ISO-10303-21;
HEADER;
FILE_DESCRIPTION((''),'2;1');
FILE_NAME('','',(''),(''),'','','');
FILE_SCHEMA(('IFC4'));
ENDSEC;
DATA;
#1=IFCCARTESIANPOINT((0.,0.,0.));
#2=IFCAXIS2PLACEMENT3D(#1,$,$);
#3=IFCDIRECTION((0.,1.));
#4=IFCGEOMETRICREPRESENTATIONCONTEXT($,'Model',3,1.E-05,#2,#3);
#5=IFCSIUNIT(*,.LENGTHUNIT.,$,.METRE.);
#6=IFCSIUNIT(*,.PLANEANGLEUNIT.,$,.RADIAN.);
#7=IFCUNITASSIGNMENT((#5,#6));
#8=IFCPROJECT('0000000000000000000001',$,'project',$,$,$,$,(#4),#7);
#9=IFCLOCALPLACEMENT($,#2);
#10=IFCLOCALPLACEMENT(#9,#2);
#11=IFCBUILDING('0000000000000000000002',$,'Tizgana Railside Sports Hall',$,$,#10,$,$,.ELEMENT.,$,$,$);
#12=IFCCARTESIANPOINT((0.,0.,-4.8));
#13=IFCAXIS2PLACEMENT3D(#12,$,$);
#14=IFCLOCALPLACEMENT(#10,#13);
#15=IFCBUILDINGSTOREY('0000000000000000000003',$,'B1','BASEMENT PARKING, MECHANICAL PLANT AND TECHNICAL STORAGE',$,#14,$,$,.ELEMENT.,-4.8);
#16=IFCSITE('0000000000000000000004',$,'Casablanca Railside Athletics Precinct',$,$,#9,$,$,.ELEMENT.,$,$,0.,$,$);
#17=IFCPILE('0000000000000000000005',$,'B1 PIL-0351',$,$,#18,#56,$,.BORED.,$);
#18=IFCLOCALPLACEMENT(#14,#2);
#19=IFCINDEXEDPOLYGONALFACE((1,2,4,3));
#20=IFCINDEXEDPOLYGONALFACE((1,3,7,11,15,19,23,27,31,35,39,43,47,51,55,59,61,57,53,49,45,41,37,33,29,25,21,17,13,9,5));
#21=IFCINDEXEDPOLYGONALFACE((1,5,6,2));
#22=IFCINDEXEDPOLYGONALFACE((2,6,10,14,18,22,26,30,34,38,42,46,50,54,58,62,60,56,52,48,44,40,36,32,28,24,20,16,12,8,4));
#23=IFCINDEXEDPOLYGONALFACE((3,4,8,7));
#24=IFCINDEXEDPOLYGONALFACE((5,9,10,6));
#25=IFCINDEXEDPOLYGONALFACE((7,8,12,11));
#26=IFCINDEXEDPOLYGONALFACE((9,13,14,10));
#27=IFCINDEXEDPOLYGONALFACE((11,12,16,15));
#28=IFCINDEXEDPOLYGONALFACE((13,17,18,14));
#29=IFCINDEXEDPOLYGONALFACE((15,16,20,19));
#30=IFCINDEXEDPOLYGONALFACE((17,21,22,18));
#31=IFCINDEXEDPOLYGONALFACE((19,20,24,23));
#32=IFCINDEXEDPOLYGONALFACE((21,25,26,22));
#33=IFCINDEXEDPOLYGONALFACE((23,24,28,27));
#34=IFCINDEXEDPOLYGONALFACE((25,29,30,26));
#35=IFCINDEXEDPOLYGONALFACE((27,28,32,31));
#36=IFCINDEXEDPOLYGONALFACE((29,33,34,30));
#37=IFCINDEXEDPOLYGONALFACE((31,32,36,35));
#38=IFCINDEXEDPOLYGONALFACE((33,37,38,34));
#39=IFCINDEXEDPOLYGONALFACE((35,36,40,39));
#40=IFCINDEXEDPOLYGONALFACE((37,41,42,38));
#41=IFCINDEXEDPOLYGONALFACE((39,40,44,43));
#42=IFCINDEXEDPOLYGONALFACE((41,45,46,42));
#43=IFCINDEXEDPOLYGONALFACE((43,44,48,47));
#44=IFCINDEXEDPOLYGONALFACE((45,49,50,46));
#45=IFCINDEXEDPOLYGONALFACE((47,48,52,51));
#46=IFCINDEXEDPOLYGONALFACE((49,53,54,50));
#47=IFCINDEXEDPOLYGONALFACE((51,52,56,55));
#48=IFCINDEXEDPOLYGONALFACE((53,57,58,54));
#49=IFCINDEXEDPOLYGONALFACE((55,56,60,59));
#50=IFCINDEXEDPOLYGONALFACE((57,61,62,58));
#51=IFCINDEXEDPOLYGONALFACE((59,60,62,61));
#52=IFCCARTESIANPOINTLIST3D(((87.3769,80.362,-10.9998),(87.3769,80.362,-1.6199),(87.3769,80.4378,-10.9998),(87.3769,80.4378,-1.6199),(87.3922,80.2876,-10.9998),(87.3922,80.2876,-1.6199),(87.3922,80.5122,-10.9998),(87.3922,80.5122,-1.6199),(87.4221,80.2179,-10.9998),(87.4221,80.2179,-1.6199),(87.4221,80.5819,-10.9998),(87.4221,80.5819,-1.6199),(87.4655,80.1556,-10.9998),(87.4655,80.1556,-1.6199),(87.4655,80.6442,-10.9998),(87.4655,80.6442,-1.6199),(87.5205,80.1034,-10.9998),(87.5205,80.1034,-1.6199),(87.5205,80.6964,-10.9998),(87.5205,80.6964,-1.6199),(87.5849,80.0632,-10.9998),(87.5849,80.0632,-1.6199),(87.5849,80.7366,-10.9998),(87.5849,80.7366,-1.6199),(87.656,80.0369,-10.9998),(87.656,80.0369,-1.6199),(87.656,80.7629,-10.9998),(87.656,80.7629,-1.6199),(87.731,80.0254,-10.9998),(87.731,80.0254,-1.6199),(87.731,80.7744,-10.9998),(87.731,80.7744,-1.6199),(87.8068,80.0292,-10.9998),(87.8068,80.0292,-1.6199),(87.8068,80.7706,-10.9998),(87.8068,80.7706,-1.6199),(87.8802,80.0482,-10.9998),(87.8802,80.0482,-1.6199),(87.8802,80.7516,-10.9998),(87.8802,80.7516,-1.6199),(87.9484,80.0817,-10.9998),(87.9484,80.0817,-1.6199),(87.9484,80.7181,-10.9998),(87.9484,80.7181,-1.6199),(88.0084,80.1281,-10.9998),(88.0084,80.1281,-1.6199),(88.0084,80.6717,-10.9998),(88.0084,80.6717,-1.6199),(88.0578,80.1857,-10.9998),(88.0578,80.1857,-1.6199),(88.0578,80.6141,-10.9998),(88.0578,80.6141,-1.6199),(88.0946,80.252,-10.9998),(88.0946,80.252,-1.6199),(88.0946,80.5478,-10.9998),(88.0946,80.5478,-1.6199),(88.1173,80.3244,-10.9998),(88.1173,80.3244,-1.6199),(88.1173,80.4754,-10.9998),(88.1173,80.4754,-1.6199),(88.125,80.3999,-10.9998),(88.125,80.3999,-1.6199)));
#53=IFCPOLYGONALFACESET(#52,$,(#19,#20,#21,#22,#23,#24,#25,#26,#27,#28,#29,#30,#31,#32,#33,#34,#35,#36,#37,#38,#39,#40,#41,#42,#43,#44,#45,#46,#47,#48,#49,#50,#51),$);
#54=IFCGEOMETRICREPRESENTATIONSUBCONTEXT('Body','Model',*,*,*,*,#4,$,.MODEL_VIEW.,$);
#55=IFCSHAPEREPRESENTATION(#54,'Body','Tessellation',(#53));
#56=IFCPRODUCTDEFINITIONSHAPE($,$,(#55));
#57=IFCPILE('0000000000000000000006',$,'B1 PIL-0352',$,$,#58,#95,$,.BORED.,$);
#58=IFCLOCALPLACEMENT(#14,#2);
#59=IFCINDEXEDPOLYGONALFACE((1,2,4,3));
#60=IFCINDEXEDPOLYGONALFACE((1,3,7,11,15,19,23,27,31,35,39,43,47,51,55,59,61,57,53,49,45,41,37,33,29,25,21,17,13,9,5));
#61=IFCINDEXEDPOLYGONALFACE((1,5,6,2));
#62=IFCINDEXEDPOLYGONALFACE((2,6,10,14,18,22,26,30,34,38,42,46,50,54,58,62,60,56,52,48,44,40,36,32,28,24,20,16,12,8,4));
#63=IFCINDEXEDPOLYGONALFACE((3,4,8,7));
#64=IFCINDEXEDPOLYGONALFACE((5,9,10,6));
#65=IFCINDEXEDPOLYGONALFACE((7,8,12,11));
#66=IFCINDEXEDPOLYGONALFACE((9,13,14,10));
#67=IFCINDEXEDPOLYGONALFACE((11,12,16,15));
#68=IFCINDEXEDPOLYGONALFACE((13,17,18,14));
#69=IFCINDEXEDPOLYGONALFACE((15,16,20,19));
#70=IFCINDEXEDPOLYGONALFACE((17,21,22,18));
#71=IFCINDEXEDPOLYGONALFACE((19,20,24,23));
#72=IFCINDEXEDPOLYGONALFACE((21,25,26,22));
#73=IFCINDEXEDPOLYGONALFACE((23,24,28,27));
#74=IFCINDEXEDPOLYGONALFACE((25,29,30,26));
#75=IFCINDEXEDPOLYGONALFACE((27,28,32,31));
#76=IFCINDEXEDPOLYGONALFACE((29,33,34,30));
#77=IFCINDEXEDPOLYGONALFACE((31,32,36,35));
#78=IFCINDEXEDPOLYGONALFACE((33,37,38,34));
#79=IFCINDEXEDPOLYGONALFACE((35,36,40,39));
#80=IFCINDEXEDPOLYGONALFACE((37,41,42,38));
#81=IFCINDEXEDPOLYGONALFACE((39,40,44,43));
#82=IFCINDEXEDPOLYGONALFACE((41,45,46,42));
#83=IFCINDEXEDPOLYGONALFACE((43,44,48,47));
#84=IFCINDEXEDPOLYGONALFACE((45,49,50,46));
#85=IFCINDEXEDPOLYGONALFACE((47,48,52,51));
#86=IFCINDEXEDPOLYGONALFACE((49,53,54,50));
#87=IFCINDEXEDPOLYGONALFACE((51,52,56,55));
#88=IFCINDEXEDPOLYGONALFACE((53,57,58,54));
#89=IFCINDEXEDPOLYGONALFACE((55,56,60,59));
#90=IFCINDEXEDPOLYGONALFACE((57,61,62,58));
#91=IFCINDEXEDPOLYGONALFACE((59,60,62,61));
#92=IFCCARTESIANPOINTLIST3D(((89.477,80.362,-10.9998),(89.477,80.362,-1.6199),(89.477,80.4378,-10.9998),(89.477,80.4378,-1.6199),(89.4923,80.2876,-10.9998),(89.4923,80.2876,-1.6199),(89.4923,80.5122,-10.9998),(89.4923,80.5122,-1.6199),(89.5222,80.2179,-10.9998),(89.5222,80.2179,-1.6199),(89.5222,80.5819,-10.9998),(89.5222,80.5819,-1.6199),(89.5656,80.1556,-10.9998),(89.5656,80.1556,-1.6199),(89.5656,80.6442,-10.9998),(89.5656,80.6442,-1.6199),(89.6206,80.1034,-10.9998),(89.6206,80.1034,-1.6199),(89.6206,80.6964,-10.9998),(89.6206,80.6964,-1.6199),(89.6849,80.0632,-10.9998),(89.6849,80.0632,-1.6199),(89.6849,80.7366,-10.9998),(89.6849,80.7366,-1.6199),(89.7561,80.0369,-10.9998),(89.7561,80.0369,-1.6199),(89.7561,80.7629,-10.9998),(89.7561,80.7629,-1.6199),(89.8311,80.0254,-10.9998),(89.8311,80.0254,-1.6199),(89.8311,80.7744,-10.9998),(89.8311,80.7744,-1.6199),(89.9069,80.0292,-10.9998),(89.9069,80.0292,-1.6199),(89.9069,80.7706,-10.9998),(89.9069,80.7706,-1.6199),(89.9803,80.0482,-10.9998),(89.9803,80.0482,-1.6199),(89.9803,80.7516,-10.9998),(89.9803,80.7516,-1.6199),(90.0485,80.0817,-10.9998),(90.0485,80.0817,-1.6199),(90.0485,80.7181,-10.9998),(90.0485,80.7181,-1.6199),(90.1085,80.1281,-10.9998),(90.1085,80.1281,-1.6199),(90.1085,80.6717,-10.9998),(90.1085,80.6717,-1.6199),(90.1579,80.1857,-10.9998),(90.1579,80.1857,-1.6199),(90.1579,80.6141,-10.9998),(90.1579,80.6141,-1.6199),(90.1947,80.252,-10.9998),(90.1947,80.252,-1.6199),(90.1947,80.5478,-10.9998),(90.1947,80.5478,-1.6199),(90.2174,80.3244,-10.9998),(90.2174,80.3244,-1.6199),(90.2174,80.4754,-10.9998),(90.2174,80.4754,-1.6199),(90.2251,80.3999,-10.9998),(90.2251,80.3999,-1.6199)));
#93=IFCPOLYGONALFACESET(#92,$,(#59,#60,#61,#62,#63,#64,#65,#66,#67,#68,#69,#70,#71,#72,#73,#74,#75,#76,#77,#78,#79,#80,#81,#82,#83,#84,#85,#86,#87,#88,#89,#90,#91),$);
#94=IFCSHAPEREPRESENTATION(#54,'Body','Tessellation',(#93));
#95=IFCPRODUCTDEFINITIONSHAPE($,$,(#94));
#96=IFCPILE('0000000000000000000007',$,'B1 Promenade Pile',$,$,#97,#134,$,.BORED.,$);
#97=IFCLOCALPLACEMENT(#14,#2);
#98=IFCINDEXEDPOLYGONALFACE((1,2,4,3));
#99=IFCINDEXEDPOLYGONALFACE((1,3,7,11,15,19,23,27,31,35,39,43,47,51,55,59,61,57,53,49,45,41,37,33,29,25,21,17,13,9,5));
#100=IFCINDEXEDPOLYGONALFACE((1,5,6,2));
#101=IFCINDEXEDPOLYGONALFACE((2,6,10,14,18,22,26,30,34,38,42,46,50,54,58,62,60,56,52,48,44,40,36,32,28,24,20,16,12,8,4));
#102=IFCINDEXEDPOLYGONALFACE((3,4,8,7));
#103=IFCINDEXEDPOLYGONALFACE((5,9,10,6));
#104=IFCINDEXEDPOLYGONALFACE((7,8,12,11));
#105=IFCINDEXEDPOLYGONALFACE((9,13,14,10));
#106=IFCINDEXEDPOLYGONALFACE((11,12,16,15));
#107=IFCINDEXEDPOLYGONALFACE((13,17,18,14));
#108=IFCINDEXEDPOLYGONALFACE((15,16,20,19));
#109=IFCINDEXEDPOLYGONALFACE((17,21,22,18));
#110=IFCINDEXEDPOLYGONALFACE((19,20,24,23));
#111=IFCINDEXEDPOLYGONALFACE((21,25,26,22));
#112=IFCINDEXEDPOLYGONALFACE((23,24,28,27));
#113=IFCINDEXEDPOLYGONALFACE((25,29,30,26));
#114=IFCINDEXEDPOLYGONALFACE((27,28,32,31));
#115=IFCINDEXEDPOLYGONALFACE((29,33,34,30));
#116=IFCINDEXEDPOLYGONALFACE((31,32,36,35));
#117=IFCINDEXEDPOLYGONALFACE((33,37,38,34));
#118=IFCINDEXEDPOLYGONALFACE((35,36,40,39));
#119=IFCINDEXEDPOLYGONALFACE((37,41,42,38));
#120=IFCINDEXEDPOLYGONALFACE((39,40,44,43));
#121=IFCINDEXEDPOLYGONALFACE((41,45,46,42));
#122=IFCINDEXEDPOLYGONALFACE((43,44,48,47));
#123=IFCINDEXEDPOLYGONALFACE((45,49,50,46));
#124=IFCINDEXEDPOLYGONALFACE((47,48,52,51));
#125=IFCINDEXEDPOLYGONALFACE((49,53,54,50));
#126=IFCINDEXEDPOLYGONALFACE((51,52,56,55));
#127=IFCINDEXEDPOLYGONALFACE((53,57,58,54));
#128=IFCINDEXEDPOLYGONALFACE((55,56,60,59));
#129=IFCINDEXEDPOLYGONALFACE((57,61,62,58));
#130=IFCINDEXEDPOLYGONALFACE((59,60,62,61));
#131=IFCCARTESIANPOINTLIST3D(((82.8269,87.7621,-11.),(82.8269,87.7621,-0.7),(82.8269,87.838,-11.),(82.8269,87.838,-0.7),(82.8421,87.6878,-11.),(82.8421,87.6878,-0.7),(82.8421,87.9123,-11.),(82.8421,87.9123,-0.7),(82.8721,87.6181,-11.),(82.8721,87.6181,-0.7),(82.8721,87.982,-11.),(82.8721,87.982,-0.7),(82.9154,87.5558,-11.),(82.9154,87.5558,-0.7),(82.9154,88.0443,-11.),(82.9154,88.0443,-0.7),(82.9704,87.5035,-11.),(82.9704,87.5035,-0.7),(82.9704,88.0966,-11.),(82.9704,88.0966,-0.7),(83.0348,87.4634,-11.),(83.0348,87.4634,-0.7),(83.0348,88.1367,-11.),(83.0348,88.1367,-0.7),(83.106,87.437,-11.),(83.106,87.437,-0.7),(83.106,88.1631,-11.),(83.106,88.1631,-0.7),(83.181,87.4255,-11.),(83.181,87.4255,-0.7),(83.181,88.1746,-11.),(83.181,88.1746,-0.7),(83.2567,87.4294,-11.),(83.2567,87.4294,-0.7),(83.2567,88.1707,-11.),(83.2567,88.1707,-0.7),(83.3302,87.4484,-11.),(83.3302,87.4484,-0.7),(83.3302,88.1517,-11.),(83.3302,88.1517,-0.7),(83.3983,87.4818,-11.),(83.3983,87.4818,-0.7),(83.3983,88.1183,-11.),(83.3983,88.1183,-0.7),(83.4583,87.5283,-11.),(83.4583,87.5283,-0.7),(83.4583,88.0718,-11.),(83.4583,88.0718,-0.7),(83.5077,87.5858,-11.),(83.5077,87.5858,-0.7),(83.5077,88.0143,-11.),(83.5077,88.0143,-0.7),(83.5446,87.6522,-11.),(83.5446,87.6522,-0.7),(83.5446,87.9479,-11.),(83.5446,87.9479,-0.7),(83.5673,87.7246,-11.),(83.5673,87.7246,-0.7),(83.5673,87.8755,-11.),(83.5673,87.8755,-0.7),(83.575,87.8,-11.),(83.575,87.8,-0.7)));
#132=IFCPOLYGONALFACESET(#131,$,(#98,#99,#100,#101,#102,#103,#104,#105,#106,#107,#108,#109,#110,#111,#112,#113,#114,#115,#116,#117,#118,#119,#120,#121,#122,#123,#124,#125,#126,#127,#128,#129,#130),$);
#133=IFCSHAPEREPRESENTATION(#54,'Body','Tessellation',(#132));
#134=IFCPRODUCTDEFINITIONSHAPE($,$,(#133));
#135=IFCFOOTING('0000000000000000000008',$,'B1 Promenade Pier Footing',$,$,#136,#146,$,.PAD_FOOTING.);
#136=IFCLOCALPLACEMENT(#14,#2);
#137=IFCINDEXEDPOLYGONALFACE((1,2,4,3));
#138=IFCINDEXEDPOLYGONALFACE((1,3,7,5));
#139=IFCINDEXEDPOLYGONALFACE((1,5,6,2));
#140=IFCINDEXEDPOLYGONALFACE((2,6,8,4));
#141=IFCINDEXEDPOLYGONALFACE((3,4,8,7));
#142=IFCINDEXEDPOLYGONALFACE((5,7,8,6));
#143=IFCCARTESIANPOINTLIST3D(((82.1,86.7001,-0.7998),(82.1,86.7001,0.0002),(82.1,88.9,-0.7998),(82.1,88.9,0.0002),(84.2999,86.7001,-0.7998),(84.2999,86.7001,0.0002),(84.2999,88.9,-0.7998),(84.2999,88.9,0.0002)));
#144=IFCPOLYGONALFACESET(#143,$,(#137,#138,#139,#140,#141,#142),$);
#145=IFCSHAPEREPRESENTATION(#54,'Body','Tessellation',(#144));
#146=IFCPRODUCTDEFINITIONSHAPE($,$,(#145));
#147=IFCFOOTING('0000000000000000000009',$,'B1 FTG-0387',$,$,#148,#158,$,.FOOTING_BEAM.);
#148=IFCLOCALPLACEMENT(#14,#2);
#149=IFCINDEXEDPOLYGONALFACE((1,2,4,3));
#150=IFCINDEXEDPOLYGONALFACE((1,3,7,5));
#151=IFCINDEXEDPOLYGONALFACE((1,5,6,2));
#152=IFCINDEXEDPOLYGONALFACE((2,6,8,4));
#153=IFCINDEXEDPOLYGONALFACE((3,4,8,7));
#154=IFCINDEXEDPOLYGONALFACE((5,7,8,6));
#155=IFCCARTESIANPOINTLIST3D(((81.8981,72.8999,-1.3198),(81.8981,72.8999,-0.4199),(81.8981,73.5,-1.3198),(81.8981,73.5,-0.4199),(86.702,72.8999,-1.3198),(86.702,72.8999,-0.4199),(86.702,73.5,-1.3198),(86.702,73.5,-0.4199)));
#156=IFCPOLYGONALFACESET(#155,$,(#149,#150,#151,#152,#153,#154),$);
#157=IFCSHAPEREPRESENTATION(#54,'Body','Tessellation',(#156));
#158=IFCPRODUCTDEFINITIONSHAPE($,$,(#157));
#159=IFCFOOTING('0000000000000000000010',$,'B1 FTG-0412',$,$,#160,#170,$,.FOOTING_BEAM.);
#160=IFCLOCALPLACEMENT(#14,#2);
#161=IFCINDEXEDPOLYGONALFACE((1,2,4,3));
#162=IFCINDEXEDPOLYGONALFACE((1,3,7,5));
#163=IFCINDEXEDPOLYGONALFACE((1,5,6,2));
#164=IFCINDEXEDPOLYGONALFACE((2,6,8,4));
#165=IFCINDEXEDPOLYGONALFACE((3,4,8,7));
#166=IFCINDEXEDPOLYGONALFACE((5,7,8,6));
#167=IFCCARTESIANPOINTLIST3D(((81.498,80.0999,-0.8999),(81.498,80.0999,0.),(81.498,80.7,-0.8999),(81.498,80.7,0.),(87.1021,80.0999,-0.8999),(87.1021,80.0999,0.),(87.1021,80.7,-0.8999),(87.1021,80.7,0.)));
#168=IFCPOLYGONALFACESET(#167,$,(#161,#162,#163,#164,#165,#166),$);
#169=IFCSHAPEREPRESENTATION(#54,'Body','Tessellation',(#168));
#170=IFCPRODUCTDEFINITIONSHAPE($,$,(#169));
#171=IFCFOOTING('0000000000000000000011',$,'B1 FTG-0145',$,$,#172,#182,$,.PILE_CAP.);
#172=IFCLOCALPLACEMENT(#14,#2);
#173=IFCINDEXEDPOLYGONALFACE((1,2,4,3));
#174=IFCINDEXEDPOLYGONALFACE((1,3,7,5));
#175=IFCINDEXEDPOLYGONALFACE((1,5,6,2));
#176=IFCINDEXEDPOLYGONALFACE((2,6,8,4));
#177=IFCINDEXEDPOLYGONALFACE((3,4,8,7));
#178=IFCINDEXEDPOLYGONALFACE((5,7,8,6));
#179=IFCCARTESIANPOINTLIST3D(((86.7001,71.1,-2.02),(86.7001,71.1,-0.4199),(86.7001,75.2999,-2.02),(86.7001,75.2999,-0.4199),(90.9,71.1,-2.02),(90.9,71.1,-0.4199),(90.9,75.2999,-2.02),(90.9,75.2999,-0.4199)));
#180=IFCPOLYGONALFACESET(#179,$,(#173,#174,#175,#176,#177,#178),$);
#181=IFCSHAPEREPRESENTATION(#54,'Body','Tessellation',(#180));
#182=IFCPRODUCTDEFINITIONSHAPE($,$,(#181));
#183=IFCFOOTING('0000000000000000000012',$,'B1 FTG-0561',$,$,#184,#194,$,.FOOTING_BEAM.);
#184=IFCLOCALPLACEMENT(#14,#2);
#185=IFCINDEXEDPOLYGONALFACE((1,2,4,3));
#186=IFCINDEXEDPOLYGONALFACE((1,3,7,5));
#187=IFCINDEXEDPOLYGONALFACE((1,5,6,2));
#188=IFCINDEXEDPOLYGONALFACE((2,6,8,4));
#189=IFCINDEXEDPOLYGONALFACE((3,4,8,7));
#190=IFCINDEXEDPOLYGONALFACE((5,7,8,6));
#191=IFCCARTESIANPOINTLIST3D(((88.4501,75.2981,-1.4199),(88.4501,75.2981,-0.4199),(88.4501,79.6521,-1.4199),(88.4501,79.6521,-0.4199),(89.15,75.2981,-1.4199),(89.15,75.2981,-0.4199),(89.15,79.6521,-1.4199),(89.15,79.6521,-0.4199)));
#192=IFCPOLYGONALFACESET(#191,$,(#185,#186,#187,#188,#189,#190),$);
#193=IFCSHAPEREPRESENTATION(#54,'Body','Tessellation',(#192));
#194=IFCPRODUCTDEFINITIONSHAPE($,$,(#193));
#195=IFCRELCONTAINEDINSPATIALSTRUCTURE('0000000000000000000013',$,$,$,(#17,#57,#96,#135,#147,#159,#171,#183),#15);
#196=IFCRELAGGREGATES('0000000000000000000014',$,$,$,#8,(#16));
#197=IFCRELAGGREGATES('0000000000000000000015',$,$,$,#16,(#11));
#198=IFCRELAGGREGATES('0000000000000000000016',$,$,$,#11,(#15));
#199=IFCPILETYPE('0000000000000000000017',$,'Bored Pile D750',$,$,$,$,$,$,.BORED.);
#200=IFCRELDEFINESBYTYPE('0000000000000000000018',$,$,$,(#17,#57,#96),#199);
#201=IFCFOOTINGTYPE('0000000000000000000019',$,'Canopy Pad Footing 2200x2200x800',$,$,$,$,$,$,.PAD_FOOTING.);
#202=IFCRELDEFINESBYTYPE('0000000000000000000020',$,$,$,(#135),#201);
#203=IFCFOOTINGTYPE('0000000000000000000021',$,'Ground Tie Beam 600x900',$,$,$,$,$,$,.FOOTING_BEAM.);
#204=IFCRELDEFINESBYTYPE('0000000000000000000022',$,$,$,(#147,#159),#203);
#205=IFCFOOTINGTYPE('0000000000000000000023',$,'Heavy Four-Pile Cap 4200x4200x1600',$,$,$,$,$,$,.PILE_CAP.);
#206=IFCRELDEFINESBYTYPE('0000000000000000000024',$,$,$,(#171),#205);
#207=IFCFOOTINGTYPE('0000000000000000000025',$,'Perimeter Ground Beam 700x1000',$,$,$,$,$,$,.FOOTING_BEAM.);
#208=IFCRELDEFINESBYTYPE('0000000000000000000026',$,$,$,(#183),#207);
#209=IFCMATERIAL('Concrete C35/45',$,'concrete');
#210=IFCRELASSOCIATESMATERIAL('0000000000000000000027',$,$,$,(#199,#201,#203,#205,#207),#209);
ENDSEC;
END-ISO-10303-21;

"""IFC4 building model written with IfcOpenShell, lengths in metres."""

from ifc_helpers import new_model, si_unit, direction, frame, origin, origin_2d, place, context, subcontext, project, spatial, rectangle, circle, extrude, material, material_profile, profile_set, type_object, element, save


model = new_model("IFC4")

# Units and contexts
model_context = context("Model", 3, precision=1e-05, world=origin(), true_north=direction((0.0, 1.0)))
body_context = subcontext(model_context, "Body", "Model", "MODEL_VIEW")
ifc_project = project(units=[si_unit("LENGTHUNIT", "METRE"), si_unit("PLANEANGLEUNIT", "RADIAN")], contexts=[model_context])

# Site, building, storey
site_placement = place(None, origin())
site = spatial("IfcSite", under=ifc_project, at=site_placement, Name="Casablanca Railside Athletics Precinct", CompositionType="ELEMENT", RefElevation=0.0)
building_placement = place(site_placement, origin())
building = spatial("IfcBuilding", under=site, at=building_placement, Name="Tizgana Railside Sports Hall", CompositionType="ELEMENT")
storey_placement = place(building_placement, frame((0.0, 0.0, -4.8)))
storey = spatial("IfcBuildingStorey", under=building, at=storey_placement, Name="B1", Description="BASEMENT PARKING, MECHANICAL PLANT AND TECHNICAL STORAGE", CompositionType="ELEMENT", Elevation=-4.8)

# Piles
ifc_material_1 = material(Name="Concrete C35/45", Category="concrete")
ifc_material_profile_1 = material_profile(ifc_material_1, circle(Radius=0.375, at=origin_2d()), Name="PILE D750")
ifc_profile_set_1 = profile_set([ifc_material_profile_1], Name="Concrete C35/45")
pile_type_1 = type_object("IfcPileType", Name="Bored Pile D750", PredefinedType="BORED", material=ifc_profile_set_1)
for number, where, z_axis, x_axis, name in (
    (1, (87.75, 80.3999, -1.6199), (0.0, 0.0, -1.0), (1.0, 0.0, 0.0), "B1 PIL-0351"),
    (2, (89.8501, 80.3999, -1.6199), (0.0, 0.0, -1.0), (1.0, 0.0, 0.0), "B1 PIL-0352"),
):
    element("IfcPile", number, at=place(storey_placement, frame(where, z_axis=z_axis, x_axis=x_axis)), inside=storey, type_object=pile_type_1, Name=name, PredefinedType="BORED", context=body_context, shape_type="SweptSolid", body=[
        extrude(circle(Radius=0.375, at=origin_2d()), origin(), (0.0, 0.0, 1.0), 9.3799),
    ])
pile_1_placement = place(storey_placement, frame((83.2, 87.8, -0.7), z_axis=(0.0, 0.0, -1.0), x_axis=(1.0, 0.0, 0.0)))
element("IfcPile", 3, at=pile_1_placement, inside=storey, type_object=pile_type_1, Name="B1 Promenade Pile", PredefinedType="BORED", context=body_context, shape_type="SweptSolid", body=[
    extrude(circle(Radius=0.375, at=origin_2d()), origin(), (0.0, 0.0, 1.0), 10.3),
])

# Footings
footing_type_1 = type_object("IfcFootingType", Name="Canopy Pad Footing 2200x2200x800", PredefinedType="PAD_FOOTING", material=ifc_material_1)
footing_1_placement = place(storey_placement, frame((83.2, 87.8, -0.7998), z_axis=(0.0, 0.0, 1.0), x_axis=(1.0, 0.0, 0.0)))
element("IfcFooting", 4, at=footing_1_placement, inside=storey, type_object=footing_type_1, Name="B1 Promenade Pier Footing", PredefinedType="PAD_FOOTING", context=body_context, shape_type="SweptSolid", body=[
    extrude(rectangle(XDim=2.2, YDim=2.2, at=origin_2d()), origin(), (0.0, 0.0, 1.0), 0.8),
])
footing_type_2 = type_object("IfcFootingType", Name="Ground Tie Beam 600x900", PredefinedType="FOOTING_BEAM", material=ifc_material_1)
footing_2_placement = place(storey_placement, frame((84.3, 73.2, -1.3198), z_axis=(0.0, 0.0, 1.0), x_axis=(1.0, 0.0, 0.0)))
element("IfcFooting", 5, at=footing_2_placement, inside=storey, type_object=footing_type_2, Name="B1 FTG-0387", PredefinedType="FOOTING_BEAM", context=body_context, shape_type="SweptSolid", body=[
    extrude(rectangle(XDim=4.804, YDim=0.6001, at=origin_2d()), origin(), (0.0, 0.0, 1.0), 0.8999),
])
footing_3_placement = place(storey_placement, frame((84.3, 80.3999, -0.8999), z_axis=(0.0, 0.0, 1.0), x_axis=(1.0, 0.0, 0.0)))
element("IfcFooting", 6, at=footing_3_placement, inside=storey, type_object=footing_type_2, Name="B1 FTG-0412", PredefinedType="FOOTING_BEAM", context=body_context, shape_type="SweptSolid", body=[
    extrude(rectangle(XDim=5.604, YDim=0.6001, at=origin_2d()), origin(), (0.0, 0.0, 1.0), 0.8999),
])
footing_type_3 = type_object("IfcFootingType", Name="Heavy Four-Pile Cap 4200x4200x1600", PredefinedType="PILE_CAP", material=ifc_material_1)
footing_4_placement = place(storey_placement, frame((88.8, 73.2, -2.02), z_axis=(0.0, 0.0, 1.0), x_axis=(1.0, 0.0, 0.0)))
element("IfcFooting", 7, at=footing_4_placement, inside=storey, type_object=footing_type_3, Name="B1 FTG-0145", PredefinedType="PILE_CAP", context=body_context, shape_type="SweptSolid", body=[
    extrude(rectangle(XDim=4.2, YDim=4.2, at=origin_2d()), origin(), (0.0, 0.0, 1.0), 1.6001),
])
footing_type_4 = type_object("IfcFootingType", Name="Perimeter Ground Beam 700x1000", PredefinedType="FOOTING_BEAM", material=ifc_material_1)
footing_5_placement = place(storey_placement, frame((88.8, 77.4751, -1.4199), z_axis=(0.0, 0.0, 1.0), x_axis=(0.0, 1.0, 0.0)))
element("IfcFooting", 8, at=footing_5_placement, inside=storey, type_object=footing_type_4, Name="B1 FTG-0561", PredefinedType="FOOTING_BEAM", context=body_context, shape_type="SweptSolid", body=[
    extrude(rectangle(XDim=4.354, YDim=0.7, at=origin_2d()), origin(), (0.0, 0.0, 1.0), 1.0),
])

save(model, "model.ifc")
